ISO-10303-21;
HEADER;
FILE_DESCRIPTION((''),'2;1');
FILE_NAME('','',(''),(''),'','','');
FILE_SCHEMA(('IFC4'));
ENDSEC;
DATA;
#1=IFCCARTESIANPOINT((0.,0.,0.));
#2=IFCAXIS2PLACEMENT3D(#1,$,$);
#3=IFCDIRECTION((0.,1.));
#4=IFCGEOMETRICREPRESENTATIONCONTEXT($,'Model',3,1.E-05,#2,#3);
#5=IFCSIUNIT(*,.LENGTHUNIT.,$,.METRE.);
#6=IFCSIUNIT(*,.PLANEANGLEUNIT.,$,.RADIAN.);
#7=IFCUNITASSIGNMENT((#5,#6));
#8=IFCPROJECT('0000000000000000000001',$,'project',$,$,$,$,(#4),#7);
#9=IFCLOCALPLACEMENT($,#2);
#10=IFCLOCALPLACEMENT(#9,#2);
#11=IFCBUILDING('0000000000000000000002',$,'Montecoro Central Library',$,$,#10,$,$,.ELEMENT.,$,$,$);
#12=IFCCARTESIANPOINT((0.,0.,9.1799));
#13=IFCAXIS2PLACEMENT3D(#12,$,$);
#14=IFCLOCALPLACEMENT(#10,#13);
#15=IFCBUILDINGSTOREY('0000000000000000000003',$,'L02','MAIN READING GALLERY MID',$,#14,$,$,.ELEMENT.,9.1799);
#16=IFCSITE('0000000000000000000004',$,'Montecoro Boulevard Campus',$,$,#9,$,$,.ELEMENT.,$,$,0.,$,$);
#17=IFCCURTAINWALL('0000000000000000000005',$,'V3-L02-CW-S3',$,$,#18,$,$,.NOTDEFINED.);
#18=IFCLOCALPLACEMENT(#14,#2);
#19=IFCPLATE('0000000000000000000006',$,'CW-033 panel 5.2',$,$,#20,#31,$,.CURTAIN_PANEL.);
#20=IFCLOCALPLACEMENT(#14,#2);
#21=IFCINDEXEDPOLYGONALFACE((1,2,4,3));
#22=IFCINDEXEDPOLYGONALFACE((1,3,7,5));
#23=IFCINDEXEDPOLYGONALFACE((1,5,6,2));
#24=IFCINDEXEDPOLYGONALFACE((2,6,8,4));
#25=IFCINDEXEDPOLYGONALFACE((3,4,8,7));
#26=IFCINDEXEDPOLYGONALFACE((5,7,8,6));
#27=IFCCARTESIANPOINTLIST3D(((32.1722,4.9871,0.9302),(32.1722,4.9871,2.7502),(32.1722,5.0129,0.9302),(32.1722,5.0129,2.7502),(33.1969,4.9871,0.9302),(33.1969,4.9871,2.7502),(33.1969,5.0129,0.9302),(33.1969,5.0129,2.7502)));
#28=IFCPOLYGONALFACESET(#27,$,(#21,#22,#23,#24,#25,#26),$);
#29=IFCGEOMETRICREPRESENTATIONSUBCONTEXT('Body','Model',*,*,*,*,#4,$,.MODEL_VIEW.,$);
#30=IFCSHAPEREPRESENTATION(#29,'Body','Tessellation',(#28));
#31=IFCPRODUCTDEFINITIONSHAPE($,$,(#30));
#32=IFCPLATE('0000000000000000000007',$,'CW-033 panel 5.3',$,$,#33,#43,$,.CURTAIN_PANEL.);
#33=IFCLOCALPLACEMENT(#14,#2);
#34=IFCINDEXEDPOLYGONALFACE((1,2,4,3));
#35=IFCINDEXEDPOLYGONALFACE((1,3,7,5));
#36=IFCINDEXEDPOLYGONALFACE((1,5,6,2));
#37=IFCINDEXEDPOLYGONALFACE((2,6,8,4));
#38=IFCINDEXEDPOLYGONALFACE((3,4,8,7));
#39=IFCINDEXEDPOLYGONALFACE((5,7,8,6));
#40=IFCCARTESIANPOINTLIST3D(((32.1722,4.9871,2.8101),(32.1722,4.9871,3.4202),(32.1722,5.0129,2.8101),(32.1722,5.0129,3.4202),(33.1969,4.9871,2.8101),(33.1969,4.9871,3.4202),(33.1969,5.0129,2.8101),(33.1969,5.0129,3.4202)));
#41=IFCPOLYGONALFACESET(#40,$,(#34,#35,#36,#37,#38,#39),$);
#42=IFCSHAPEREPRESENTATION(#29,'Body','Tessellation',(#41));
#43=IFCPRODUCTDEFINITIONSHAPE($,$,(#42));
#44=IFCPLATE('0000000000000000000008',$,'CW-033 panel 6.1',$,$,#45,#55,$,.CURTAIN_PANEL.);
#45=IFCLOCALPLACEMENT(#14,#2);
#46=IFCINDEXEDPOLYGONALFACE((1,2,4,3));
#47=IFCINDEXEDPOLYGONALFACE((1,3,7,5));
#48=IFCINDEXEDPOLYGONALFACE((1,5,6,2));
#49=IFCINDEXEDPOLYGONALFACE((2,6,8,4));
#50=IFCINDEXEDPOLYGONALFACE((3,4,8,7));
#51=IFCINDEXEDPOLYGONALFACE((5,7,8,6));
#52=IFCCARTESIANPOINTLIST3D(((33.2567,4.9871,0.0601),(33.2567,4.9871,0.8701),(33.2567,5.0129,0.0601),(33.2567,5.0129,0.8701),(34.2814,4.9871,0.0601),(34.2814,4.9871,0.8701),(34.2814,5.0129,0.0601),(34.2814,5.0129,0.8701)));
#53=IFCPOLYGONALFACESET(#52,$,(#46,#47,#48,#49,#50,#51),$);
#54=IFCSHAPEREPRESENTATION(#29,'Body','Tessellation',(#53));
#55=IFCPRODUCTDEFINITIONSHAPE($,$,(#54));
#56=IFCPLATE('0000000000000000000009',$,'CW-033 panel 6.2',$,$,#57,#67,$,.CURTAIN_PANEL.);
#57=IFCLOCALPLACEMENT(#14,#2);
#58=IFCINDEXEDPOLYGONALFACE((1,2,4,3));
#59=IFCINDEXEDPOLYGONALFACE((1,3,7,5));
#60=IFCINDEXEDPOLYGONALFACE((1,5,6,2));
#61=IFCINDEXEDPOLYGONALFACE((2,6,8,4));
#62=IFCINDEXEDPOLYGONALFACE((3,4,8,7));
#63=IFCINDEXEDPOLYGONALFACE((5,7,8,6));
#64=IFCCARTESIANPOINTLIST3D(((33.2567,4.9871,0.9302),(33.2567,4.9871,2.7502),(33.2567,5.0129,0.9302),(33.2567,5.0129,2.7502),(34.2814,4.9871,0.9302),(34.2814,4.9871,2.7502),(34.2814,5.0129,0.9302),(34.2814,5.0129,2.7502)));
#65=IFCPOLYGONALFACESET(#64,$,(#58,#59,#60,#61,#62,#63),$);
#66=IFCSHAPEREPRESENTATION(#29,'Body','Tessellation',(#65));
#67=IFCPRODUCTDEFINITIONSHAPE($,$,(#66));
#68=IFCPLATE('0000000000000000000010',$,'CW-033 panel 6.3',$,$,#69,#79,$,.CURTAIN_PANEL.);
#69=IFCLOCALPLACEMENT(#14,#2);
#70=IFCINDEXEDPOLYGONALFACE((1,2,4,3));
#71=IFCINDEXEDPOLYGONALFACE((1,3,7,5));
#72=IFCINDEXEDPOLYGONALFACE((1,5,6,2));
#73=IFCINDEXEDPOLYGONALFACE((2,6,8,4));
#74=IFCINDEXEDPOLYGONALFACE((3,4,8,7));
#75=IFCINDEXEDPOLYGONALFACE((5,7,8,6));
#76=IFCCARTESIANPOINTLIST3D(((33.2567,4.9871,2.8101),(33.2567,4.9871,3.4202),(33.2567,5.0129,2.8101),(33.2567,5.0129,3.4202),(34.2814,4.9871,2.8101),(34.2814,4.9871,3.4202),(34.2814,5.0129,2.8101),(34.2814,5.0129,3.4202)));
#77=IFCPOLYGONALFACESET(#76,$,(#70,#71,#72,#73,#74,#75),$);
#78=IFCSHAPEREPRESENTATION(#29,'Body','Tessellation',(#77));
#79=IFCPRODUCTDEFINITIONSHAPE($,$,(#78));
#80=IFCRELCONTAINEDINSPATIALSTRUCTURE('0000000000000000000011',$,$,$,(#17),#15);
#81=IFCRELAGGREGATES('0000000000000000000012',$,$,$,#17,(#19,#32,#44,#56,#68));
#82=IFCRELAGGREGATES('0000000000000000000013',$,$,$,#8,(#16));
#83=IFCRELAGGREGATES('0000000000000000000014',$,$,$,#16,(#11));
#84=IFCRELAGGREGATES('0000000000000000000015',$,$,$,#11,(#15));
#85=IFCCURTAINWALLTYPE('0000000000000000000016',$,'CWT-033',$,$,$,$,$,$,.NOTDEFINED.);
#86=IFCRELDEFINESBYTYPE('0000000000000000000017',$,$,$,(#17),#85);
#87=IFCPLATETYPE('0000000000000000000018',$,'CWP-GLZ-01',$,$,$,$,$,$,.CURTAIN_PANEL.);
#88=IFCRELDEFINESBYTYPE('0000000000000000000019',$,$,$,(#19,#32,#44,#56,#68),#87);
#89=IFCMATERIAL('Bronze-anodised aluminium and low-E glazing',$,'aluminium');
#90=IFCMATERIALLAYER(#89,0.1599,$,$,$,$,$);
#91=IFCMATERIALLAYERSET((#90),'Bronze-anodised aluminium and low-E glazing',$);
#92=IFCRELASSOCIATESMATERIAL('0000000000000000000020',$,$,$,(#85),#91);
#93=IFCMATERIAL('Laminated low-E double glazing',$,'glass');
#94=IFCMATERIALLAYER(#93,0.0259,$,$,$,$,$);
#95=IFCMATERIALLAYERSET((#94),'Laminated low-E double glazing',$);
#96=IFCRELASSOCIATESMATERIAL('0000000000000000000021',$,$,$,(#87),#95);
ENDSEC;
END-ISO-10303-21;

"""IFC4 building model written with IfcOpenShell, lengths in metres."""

from ifc_helpers import new_model, si_unit, direction, frame, origin, origin_2d, place, context, subcontext, project, spatial, rectangle, extrude, material, layer, layer_set, type_object, element, aggregate, save


model = new_model("IFC4")

# Units and contexts
model_context = context("Model", 3, precision=1e-05, world=origin(), true_north=direction((0.0, 1.0)))
body_context = subcontext(model_context, "Body", "Model", "MODEL_VIEW")
ifc_project = project(units=[si_unit("LENGTHUNIT", "METRE"), si_unit("PLANEANGLEUNIT", "RADIAN")], contexts=[model_context])

# Site, building, storey
site_placement = place(None, origin())
site = spatial("IfcSite", under=ifc_project, at=site_placement, Name="Montecoro Boulevard Campus", CompositionType="ELEMENT", RefElevation=0.0)
building_placement = place(site_placement, origin())
building = spatial("IfcBuilding", under=site, at=building_placement, Name="Montecoro Central Library", CompositionType="ELEMENT")
storey_placement = place(building_placement, frame((0.0, 0.0, 9.1799)))
storey = spatial("IfcBuildingStorey", under=building, at=storey_placement, Name="L02", Description="MAIN READING GALLERY MID", CompositionType="ELEMENT", Elevation=9.1799)

# Curtain wall, plates
ifc_material_1 = material(Name="Bronze-anodised aluminium and low-E glazing", Category="aluminium")
ifc_layer_1 = layer(ifc_material_1, 0.1599)
ifc_layer_set_1 = layer_set([ifc_layer_1], Name="Bronze-anodised aluminium and low-E glazing")
curtain_wall_type = type_object("IfcCurtainWallType", Name="CWT-033", PredefinedType="NOTDEFINED", material=ifc_layer_set_1)
curtain_wall_placement = place(storey_placement, origin())
curtain_wall = element("IfcCurtainWall", 1, at=curtain_wall_placement, inside=storey, type_object=curtain_wall_type, Name="V3-L02-CW-S3", PredefinedType="NOTDEFINED")
ifc_material_2 = material(Name="Laminated low-E double glazing", Category="glass")
ifc_layer_2 = layer(ifc_material_2, 0.0259)
ifc_layer_set_2 = layer_set([ifc_layer_2], Name="Laminated low-E double glazing")
plate_type = type_object("IfcPlateType", Name="CWP-GLZ-01", PredefinedType="CURTAIN_PANEL", material=ifc_layer_set_2)
plate_1_placement = place(storey_placement, frame((32.6846, 5.0, 0.9302), z_axis=(0.0, 0.0, 1.0), x_axis=(1.0, 0.0, 0.0)))
plate_1 = element("IfcPlate", 2, at=plate_1_placement, type_object=plate_type, Name="CW-033 panel 5.2", PredefinedType="CURTAIN_PANEL", context=body_context, shape_type="SweptSolid", body=[
    extrude(rectangle(XDim=1.0247, YDim=0.0259, at=origin_2d()), origin(), (0.0, 0.0, 1.0), 1.8201),
])
plate_2_placement = place(storey_placement, frame((32.6846, 5.0, 2.8101), z_axis=(0.0, 0.0, 1.0), x_axis=(1.0, 0.0, 0.0)))
plate_2 = element("IfcPlate", 3, at=plate_2_placement, type_object=plate_type, Name="CW-033 panel 5.3", PredefinedType="CURTAIN_PANEL", context=body_context, shape_type="SweptSolid", body=[
    extrude(rectangle(XDim=1.0247, YDim=0.0259, at=origin_2d()), origin(), (0.0, 0.0, 1.0), 0.6101),
])
plate_3_placement = place(storey_placement, frame((33.769, 5.0, 0.0601), z_axis=(0.0, 0.0, 1.0), x_axis=(1.0, 0.0, 0.0)))
plate_3 = element("IfcPlate", 4, at=plate_3_placement, type_object=plate_type, Name="CW-033 panel 6.1", PredefinedType="CURTAIN_PANEL", context=body_context, shape_type="SweptSolid", body=[
    extrude(rectangle(XDim=1.0247, YDim=0.0259, at=origin_2d()), origin(), (0.0, 0.0, 1.0), 0.8101),
])
plate_4_placement = place(storey_placement, frame((33.769, 5.0, 0.9302), z_axis=(0.0, 0.0, 1.0), x_axis=(1.0, 0.0, 0.0)))
plate_4 = element("IfcPlate", 5, at=plate_4_placement, type_object=plate_type, Name="CW-033 panel 6.2", PredefinedType="CURTAIN_PANEL", context=body_context, shape_type="SweptSolid", body=[
    extrude(rectangle(XDim=1.0247, YDim=0.0259, at=origin_2d()), origin(), (0.0, 0.0, 1.0), 1.8201),
])
plate_5_placement = place(storey_placement, frame((33.769, 5.0, 2.8101), z_axis=(0.0, 0.0, 1.0), x_axis=(1.0, 0.0, 0.0)))
plate_5 = element("IfcPlate", 6, at=plate_5_placement, type_object=plate_type, Name="CW-033 panel 6.3", PredefinedType="CURTAIN_PANEL", context=body_context, shape_type="SweptSolid", body=[
    extrude(rectangle(XDim=1.0247, YDim=0.0259, at=origin_2d()), origin(), (0.0, 0.0, 1.0), 0.6101),
])
aggregate(curtain_wall, [plate_1, plate_2, plate_3, plate_4, plate_5])

save(model, "model.ifc")
